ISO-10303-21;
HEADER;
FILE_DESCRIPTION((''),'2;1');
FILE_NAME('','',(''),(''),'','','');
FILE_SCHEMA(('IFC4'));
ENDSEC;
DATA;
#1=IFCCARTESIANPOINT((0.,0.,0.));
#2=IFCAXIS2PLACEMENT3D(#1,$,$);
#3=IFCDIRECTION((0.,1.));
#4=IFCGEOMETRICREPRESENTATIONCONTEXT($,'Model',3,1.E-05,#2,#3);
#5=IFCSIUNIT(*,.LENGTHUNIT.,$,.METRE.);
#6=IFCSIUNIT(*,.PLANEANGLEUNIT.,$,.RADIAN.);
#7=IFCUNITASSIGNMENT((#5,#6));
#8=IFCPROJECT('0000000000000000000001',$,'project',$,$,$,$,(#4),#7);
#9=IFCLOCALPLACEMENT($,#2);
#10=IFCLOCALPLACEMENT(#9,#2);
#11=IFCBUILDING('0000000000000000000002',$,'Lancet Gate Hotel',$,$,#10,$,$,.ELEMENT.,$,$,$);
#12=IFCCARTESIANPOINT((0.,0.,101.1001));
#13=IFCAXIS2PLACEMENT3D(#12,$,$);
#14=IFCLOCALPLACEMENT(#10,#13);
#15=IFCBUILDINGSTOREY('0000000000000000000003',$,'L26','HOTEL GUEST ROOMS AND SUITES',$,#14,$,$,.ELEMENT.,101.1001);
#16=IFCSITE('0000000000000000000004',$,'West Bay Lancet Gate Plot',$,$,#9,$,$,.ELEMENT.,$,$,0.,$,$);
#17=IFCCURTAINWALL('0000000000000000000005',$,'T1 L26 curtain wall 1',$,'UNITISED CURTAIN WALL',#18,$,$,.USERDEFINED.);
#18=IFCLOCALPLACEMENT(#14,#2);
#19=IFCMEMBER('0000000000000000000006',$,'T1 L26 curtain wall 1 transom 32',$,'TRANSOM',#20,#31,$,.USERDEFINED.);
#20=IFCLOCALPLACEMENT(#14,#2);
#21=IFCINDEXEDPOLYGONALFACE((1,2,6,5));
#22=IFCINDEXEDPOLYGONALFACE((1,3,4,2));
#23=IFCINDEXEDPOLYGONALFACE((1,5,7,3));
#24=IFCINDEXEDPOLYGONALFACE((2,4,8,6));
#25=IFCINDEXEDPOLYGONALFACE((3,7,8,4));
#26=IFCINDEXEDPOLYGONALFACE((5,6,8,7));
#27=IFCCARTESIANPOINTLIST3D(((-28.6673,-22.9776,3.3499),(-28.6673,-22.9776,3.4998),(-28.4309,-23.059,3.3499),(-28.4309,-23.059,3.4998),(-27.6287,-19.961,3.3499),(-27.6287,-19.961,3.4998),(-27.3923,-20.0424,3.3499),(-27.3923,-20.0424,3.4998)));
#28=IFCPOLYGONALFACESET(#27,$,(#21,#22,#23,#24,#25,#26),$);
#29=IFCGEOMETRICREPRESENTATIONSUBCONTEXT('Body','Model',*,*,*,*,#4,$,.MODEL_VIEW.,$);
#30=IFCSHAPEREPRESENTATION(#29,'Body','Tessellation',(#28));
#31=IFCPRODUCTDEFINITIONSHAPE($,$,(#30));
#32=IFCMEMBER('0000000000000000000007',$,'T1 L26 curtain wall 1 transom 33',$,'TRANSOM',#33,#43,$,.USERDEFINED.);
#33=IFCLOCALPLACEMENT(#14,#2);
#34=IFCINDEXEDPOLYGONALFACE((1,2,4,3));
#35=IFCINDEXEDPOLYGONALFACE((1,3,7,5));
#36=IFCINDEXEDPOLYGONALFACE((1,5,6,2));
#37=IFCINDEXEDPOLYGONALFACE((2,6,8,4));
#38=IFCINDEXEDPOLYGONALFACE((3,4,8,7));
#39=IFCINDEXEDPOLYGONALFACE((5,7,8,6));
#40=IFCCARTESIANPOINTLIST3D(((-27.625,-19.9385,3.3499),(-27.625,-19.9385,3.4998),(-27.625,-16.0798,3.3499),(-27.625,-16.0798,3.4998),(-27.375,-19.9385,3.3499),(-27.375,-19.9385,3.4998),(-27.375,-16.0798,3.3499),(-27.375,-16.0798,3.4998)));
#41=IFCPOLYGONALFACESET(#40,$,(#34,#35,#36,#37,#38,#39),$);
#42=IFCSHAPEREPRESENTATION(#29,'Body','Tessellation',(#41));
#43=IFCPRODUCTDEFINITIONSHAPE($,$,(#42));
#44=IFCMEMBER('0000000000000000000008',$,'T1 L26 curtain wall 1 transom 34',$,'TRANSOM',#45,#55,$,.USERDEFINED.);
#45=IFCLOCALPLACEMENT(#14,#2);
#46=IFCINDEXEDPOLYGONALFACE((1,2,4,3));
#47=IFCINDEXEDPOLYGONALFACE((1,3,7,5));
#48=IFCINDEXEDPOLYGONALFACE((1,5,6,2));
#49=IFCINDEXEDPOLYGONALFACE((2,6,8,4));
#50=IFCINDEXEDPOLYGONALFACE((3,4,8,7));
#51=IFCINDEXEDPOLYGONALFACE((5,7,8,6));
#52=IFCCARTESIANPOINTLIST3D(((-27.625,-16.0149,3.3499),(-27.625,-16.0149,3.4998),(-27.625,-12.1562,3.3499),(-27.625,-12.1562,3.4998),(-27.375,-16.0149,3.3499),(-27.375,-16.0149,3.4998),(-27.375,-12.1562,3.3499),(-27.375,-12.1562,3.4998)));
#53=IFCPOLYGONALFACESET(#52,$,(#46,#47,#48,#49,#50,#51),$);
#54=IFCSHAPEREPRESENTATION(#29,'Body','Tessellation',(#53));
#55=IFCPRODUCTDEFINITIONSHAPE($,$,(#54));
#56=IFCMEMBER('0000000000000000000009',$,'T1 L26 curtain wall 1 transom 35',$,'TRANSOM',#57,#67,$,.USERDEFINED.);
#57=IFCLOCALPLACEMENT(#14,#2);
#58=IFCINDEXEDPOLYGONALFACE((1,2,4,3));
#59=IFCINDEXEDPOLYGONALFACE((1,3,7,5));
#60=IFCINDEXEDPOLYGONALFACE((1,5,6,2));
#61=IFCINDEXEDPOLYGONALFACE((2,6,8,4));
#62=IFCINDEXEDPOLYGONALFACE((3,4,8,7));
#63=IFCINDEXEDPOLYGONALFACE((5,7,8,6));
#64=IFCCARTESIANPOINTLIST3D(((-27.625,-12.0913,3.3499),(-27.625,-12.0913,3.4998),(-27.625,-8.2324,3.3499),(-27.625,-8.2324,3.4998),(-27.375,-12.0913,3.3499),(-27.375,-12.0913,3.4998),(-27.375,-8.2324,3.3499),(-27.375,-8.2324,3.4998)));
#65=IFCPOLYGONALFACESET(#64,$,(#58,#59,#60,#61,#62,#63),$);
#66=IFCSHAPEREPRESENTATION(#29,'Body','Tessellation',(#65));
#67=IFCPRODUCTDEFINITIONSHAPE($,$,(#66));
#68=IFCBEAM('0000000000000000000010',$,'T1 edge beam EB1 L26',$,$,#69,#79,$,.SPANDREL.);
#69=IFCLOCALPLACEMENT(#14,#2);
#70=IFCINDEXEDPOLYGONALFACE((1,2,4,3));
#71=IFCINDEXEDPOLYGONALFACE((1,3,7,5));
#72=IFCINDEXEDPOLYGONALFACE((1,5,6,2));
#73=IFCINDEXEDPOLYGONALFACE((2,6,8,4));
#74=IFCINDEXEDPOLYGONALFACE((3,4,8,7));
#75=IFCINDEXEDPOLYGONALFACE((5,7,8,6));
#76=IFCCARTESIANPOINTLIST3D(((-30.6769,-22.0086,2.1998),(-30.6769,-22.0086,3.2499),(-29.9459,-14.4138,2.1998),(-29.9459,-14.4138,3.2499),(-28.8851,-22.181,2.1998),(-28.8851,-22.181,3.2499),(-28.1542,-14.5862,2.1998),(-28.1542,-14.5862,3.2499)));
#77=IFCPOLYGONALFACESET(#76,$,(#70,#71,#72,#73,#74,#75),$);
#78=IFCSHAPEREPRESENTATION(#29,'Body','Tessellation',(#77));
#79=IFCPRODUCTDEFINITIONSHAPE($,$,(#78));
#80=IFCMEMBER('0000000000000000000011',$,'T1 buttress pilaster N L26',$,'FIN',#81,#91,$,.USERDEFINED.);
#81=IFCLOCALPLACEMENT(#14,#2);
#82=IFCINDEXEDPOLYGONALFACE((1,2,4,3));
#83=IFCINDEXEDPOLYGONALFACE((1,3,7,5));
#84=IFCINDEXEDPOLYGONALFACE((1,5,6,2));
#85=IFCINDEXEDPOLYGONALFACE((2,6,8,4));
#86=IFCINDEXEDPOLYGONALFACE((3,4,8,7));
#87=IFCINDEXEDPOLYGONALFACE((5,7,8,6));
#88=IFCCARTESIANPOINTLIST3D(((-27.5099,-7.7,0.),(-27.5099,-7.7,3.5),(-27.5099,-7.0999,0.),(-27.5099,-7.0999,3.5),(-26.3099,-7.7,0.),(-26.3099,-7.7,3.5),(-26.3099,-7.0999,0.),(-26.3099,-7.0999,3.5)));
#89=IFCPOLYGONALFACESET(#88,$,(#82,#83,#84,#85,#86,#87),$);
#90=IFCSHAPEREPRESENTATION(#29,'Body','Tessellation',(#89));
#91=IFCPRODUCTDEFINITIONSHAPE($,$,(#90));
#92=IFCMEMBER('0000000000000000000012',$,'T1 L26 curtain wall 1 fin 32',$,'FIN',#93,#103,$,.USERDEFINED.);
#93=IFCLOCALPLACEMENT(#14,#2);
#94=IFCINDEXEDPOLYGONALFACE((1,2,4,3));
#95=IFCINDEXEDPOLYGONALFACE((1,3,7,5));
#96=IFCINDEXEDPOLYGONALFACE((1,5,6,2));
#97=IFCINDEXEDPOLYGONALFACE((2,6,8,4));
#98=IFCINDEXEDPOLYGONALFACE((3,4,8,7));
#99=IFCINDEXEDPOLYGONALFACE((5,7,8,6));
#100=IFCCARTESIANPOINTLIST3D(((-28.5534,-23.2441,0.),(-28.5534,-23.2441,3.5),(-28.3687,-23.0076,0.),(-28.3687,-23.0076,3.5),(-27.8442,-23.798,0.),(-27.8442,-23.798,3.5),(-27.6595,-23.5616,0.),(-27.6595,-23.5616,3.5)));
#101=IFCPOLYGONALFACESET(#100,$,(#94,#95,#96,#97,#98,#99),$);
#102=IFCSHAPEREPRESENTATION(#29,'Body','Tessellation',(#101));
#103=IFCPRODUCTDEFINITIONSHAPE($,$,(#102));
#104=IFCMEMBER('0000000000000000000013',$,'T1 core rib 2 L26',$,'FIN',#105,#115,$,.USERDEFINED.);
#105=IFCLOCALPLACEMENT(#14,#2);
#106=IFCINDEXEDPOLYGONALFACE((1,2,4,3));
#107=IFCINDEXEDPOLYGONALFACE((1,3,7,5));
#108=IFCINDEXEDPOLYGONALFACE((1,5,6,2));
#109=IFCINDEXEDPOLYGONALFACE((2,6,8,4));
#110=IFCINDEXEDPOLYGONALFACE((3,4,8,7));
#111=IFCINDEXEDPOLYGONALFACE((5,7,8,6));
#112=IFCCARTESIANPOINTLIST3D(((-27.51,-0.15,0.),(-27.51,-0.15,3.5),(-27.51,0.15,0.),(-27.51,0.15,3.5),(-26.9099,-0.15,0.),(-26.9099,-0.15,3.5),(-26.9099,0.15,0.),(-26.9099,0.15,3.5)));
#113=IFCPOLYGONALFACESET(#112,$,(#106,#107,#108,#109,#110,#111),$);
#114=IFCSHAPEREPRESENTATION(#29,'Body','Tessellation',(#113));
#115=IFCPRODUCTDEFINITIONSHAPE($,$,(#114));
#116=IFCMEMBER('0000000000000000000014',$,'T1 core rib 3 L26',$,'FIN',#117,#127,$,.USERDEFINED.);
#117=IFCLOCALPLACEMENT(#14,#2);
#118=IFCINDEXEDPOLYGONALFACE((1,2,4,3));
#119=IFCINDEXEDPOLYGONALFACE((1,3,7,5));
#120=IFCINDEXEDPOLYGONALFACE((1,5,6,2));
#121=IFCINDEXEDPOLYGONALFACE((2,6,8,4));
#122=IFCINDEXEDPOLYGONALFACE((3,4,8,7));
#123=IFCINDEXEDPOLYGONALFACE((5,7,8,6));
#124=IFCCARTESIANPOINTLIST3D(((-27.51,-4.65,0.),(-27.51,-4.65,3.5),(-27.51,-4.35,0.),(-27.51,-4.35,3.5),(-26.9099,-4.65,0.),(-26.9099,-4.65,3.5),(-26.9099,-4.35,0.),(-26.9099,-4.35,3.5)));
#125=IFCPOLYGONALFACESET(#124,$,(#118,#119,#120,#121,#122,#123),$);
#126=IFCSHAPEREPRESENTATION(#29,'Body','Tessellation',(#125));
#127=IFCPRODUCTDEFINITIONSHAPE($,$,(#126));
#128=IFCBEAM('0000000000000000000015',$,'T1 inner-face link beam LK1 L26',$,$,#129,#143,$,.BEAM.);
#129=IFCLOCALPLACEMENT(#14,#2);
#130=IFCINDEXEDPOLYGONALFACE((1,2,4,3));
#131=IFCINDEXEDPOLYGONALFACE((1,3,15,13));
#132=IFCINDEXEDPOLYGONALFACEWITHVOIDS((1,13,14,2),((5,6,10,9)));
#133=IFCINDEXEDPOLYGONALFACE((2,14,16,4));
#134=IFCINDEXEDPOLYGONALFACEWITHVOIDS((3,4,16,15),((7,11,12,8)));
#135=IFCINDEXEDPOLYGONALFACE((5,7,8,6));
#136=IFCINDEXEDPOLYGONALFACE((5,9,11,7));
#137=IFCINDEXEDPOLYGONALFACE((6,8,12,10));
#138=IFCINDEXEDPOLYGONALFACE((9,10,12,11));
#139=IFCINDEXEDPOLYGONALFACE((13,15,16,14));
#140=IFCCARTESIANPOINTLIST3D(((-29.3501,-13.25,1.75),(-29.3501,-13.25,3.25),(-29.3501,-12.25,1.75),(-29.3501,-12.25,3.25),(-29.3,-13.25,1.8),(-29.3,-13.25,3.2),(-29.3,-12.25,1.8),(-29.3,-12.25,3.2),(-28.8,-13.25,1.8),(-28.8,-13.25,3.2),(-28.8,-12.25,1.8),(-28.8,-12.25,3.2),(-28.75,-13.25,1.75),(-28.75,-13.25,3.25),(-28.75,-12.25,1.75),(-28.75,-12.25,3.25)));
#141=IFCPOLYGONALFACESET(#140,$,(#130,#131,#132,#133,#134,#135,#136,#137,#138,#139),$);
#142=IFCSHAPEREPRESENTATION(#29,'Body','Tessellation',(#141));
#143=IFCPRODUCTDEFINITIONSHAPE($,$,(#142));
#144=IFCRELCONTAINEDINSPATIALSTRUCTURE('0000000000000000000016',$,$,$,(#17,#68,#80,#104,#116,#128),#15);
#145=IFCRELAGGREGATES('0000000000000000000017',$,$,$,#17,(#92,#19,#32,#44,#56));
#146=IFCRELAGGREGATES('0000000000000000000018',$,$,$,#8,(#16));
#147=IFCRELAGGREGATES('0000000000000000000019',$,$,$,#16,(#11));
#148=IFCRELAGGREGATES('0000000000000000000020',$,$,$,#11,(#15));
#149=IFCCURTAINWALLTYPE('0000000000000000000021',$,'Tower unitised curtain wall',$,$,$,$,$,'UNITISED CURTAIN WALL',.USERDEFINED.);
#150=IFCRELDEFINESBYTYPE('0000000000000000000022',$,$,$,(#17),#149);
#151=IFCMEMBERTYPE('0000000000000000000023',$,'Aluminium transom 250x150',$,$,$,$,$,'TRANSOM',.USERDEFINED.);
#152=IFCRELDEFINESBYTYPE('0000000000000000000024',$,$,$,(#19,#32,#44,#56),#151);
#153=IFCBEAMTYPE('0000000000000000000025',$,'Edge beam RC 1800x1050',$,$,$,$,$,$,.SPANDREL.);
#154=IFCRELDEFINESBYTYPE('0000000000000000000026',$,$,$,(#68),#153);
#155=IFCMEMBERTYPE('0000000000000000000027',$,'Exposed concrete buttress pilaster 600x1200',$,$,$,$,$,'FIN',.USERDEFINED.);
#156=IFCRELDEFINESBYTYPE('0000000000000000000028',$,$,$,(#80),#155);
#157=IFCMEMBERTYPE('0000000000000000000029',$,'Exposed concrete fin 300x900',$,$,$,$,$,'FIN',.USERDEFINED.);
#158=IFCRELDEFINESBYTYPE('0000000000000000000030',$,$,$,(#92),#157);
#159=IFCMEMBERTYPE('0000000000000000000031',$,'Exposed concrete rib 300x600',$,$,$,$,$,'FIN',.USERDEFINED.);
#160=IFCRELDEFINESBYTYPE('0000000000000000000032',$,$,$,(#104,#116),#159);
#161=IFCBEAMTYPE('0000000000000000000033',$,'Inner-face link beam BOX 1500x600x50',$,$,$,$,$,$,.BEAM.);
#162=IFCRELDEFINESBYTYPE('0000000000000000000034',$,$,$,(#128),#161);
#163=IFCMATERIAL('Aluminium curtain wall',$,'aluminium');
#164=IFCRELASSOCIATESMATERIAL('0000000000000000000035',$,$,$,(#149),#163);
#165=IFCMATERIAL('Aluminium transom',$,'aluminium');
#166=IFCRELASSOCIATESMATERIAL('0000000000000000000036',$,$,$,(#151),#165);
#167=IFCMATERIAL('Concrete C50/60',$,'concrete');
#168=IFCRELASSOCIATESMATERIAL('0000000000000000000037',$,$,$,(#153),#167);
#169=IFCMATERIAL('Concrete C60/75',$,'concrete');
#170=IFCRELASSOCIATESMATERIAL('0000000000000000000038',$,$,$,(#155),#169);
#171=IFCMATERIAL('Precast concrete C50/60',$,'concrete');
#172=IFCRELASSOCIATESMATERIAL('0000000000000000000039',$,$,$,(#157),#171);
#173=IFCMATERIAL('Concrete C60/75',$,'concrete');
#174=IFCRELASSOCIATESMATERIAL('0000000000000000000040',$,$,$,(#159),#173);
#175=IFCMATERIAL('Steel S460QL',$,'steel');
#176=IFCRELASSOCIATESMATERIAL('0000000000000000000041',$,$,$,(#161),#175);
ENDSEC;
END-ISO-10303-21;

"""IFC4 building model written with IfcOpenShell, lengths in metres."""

from ifc_helpers import new_model, si_unit, direction, frame, origin, origin_2d, place, context, subcontext, project, spatial, rectangle, hollow_rectangle, extrude, material, material_profile, profile_set, type_object, element, aggregate, save


model = new_model("IFC4")

# Units and contexts
model_context = context("Model", 3, precision=1e-05, world=origin(), true_north=direction((0.0, 1.0)))
body_context = subcontext(model_context, "Body", "Model", "MODEL_VIEW")
ifc_project = project(units=[si_unit("LENGTHUNIT", "METRE"), si_unit("PLANEANGLEUNIT", "RADIAN")], contexts=[model_context])

# Site, building, storey
site_placement = place(None, origin())
site = spatial("IfcSite", under=ifc_project, at=site_placement, Name="West Bay Lancet Gate Plot", CompositionType="ELEMENT", RefElevation=0.0)
building_placement = place(site_placement, origin())
building = spatial("IfcBuilding", under=site, at=building_placement, Name="Lancet Gate Hotel", CompositionType="ELEMENT")
storey_placement = place(building_placement, frame((0.0, 0.0, 101.1001)))
storey = spatial("IfcBuildingStorey", under=building, at=storey_placement, Name="L26", Description="HOTEL GUEST ROOMS AND SUITES", CompositionType="ELEMENT", Elevation=101.1001)

# Curtain wall, members
ifc_material_1 = material(Name="Aluminium curtain wall", Category="aluminium")
curtain_wall_type = type_object("IfcCurtainWallType", Name="Tower unitised curtain wall", ElementType="UNITISED CURTAIN WALL", PredefinedType="USERDEFINED", material=ifc_material_1)
curtain_wall_placement = place(storey_placement, origin())
curtain_wall = element("IfcCurtainWall", 1, at=curtain_wall_placement, inside=storey, type_object=curtain_wall_type, Name="T1 L26 curtain wall 1", ObjectType="UNITISED CURTAIN WALL", PredefinedType="USERDEFINED")
ifc_material_2 = material(Name="Aluminium transom", Category="aluminium")
ifc_material_profile_1 = material_profile(ifc_material_2, rectangle(XDim=0.25, YDim=0.1499, at=origin_2d()), Name="TRANSOM 250x150")
ifc_profile_set_1 = profile_set([ifc_material_profile_1], Name="Aluminium transom")
member_type_1 = type_object("IfcMemberType", Name="Aluminium transom 250x150", ElementType="TRANSOM", PredefinedType="USERDEFINED", material=ifc_profile_set_1)
member_1_placement = place(storey_placement, frame((-28.5491, -23.0183, 3.4248), z_axis=(0.325533, 0.945531, 0.0), x_axis=(-0.945531, 0.325533, 0.0)))
member_1 = element("IfcMember", 2, at=member_1_placement, type_object=member_type_1, Name="T1 L26 curtain wall 1 transom 32", ObjectType="TRANSOM", PredefinedType="USERDEFINED", context=body_context, shape_type="SweptSolid", body=[
    extrude(rectangle(XDim=0.25, YDim=0.1499, at=origin_2d()), origin(), (0.0, 0.0, 1.0), 3.1904),
])
member_2_placement = place(storey_placement, frame((-27.5, -19.9385, 3.4248), z_axis=(0.0, 1.0, 0.0), x_axis=(-1.0, 0.0, 0.0)))
member_2 = element("IfcMember", 3, at=member_2_placement, type_object=member_type_1, Name="T1 L26 curtain wall 1 transom 33", ObjectType="TRANSOM", PredefinedType="USERDEFINED", context=body_context, shape_type="SweptSolid", body=[
    extrude(rectangle(XDim=0.25, YDim=0.1499, at=origin_2d()), origin(), (0.0, 0.0, 1.0), 3.8586),
])
member_3_placement = place(storey_placement, frame((-27.5, -16.0149, 3.4248), z_axis=(0.0, 1.0, 0.0), x_axis=(-1.0, 0.0, 0.0)))
member_3 = element("IfcMember", 4, at=member_3_placement, type_object=member_type_1, Name="T1 L26 curtain wall 1 transom 34", ObjectType="TRANSOM", PredefinedType="USERDEFINED", context=body_context, shape_type="SweptSolid", body=[
    extrude(rectangle(XDim=0.25, YDim=0.1499, at=origin_2d()), origin(), (0.0, 0.0, 1.0), 3.8586),
])
member_4_placement = place(storey_placement, frame((-27.5, -12.0913, 3.4248), z_axis=(0.0, 1.0, 0.0), x_axis=(-1.0, 0.0, 0.0)))
member_4 = element("IfcMember", 5, at=member_4_placement, type_object=member_type_1, Name="T1 L26 curtain wall 1 transom 35", ObjectType="TRANSOM", PredefinedType="USERDEFINED", context=body_context, shape_type="SweptSolid", body=[
    extrude(rectangle(XDim=0.25, YDim=0.1499, at=origin_2d()), origin(), (0.0, 0.0, 1.0), 3.8589),
])

# Beam
ifc_material_3 = material(Name="Concrete C50/60", Category="concrete")
ifc_material_profile_2 = material_profile(ifc_material_3, rectangle(XDim=1.8, YDim=1.05, at=origin_2d()), Name="RC 1800x1050")
ifc_profile_set_2 = profile_set([ifc_material_profile_2], Name="Concrete C50/60")
beam_type_1 = type_object("IfcBeamType", Name="Edge beam RC 1800x1050", PredefinedType="SPANDREL", material=ifc_profile_set_2)
beam_1_placement = place(storey_placement, frame((-29.05, -14.5, 2.7249), z_axis=(-0.095803, -0.9954, 0.0), x_axis=(0.9954, -0.095803, 0.0)))
element("IfcBeam", 6, at=beam_1_placement, inside=storey, type_object=beam_type_1, Name="T1 edge beam EB1 L26", PredefinedType="SPANDREL", context=body_context, shape_type="SweptSolid", body=[
    extrude(rectangle(XDim=1.8, YDim=1.05, at=origin_2d()), origin(), (0.0, 0.0, 1.0), 7.6299),
])

# Members
ifc_material_4 = material(Name="Concrete C60/75", Category="concrete")
ifc_material_profile_3 = material_profile(ifc_material_4, rectangle(XDim=0.6001, YDim=1.2, at=origin_2d()), Name="FIN 600x1200")
ifc_profile_set_3 = profile_set([ifc_material_profile_3], Name="Concrete C60/75")
member_type_2 = type_object("IfcMemberType", Name="Exposed concrete buttress pilaster 600x1200", ElementType="FIN", PredefinedType="USERDEFINED", material=ifc_profile_set_3)
member_5_placement = place(storey_placement, frame((-26.9099, -7.3999, 0.0), z_axis=(0.0, 0.0, 1.0), x_axis=(0.0, 1.0, 0.0)))
element("IfcMember", 7, at=member_5_placement, inside=storey, type_object=member_type_2, Name="T1 buttress pilaster N L26", ObjectType="FIN", PredefinedType="USERDEFINED", context=body_context, shape_type="SweptSolid", body=[
    extrude(rectangle(XDim=0.6001, YDim=1.2, at=origin_2d()), origin(), (0.0, 0.0, 1.0), 3.5),
])
ifc_material_5 = material(Name="Precast concrete C50/60", Category="concrete")
ifc_material_profile_4 = material_profile(ifc_material_5, rectangle(XDim=0.3, YDim=0.8999, at=origin_2d()), Name="FIN 300x900")
ifc_profile_set_4 = profile_set([ifc_material_profile_4], Name="Precast concrete C50/60")
member_type_3 = type_object("IfcMemberType", Name="Exposed concrete fin 300x900", ElementType="FIN", PredefinedType="USERDEFINED", material=ifc_profile_set_4)
member_6_placement = place(storey_placement, frame((-28.1064, -23.4028, 0.0), z_axis=(0.0, 0.0, 1.0), x_axis=(0.615574, 0.788079, 0.0)))
member_6 = element("IfcMember", 8, at=member_6_placement, type_object=member_type_3, Name="T1 L26 curtain wall 1 fin 32", ObjectType="FIN", PredefinedType="USERDEFINED", context=body_context, shape_type="SweptSolid", body=[
    extrude(rectangle(XDim=0.3, YDim=0.8999, at=origin_2d()), origin(), (0.0, 0.0, 1.0), 3.5),
])

# Members
ifc_material_6 = material(Name="Concrete C60/75", Category="concrete")
ifc_material_profile_5 = material_profile(ifc_material_6, rectangle(XDim=0.3, YDim=0.6001, at=origin_2d()), Name="FIN 300x600")
ifc_profile_set_5 = profile_set([ifc_material_profile_5], Name="Concrete C60/75")
member_type_4 = type_object("IfcMemberType", Name="Exposed concrete rib 300x600", ElementType="FIN", PredefinedType="USERDEFINED", material=ifc_profile_set_5)
for number, where, z_axis, x_axis, name in (
    (9, (-27.21, 0.0, 0.0), (0.0, 0.0, 1.0), (0.0, 1.0, 0.0), "T1 core rib 2 L26"),
    (10, (-27.21, -4.5, 0.0), (0.0, 0.0, 1.0), (0.0, 1.0, 0.0), "T1 core rib 3 L26"),
):
    element("IfcMember", number, at=place(storey_placement, frame(where, z_axis=z_axis, x_axis=x_axis)), inside=storey, type_object=member_type_4, Name=name, ObjectType="FIN", PredefinedType="USERDEFINED", context=body_context, shape_type="SweptSolid", body=[
        extrude(rectangle(XDim=0.3, YDim=0.6001, at=origin_2d()), origin(), (0.0, 0.0, 1.0), 3.5),
    ])

# Beam
ifc_material_7 = material(Name="Steel S460QL", Category="steel")
ifc_material_profile_6 = material_profile(ifc_material_7, hollow_rectangle(XDim=0.6001, YDim=1.5, WallThickness=0.05, at=origin_2d()), Name="BOX 1500x600x50")
ifc_profile_set_6 = profile_set([ifc_material_profile_6], Name="Steel S460QL")
beam_type_2 = type_object("IfcBeamType", Name="Inner-face link beam BOX 1500x600x50", PredefinedType="BEAM", material=ifc_profile_set_6)
beam_2_placement = place(storey_placement, frame((-29.05, -12.25, 2.5), z_axis=(0.0, -1.0, 0.0), x_axis=(1.0, 0.0, 0.0)))
element("IfcBeam", 11, at=beam_2_placement, inside=storey, type_object=beam_type_2, Name="T1 inner-face link beam LK1 L26", PredefinedType="BEAM", context=body_context, shape_type="SweptSolid", body=[
    extrude(hollow_rectangle(XDim=0.6001, YDim=1.5, WallThickness=0.05, at=origin_2d()), origin(), (0.0, 0.0, 1.0), 1.0),
])

aggregate(curtain_wall, [member_6, member_1, member_2, member_3, member_4])

save(model, "model.ifc")
